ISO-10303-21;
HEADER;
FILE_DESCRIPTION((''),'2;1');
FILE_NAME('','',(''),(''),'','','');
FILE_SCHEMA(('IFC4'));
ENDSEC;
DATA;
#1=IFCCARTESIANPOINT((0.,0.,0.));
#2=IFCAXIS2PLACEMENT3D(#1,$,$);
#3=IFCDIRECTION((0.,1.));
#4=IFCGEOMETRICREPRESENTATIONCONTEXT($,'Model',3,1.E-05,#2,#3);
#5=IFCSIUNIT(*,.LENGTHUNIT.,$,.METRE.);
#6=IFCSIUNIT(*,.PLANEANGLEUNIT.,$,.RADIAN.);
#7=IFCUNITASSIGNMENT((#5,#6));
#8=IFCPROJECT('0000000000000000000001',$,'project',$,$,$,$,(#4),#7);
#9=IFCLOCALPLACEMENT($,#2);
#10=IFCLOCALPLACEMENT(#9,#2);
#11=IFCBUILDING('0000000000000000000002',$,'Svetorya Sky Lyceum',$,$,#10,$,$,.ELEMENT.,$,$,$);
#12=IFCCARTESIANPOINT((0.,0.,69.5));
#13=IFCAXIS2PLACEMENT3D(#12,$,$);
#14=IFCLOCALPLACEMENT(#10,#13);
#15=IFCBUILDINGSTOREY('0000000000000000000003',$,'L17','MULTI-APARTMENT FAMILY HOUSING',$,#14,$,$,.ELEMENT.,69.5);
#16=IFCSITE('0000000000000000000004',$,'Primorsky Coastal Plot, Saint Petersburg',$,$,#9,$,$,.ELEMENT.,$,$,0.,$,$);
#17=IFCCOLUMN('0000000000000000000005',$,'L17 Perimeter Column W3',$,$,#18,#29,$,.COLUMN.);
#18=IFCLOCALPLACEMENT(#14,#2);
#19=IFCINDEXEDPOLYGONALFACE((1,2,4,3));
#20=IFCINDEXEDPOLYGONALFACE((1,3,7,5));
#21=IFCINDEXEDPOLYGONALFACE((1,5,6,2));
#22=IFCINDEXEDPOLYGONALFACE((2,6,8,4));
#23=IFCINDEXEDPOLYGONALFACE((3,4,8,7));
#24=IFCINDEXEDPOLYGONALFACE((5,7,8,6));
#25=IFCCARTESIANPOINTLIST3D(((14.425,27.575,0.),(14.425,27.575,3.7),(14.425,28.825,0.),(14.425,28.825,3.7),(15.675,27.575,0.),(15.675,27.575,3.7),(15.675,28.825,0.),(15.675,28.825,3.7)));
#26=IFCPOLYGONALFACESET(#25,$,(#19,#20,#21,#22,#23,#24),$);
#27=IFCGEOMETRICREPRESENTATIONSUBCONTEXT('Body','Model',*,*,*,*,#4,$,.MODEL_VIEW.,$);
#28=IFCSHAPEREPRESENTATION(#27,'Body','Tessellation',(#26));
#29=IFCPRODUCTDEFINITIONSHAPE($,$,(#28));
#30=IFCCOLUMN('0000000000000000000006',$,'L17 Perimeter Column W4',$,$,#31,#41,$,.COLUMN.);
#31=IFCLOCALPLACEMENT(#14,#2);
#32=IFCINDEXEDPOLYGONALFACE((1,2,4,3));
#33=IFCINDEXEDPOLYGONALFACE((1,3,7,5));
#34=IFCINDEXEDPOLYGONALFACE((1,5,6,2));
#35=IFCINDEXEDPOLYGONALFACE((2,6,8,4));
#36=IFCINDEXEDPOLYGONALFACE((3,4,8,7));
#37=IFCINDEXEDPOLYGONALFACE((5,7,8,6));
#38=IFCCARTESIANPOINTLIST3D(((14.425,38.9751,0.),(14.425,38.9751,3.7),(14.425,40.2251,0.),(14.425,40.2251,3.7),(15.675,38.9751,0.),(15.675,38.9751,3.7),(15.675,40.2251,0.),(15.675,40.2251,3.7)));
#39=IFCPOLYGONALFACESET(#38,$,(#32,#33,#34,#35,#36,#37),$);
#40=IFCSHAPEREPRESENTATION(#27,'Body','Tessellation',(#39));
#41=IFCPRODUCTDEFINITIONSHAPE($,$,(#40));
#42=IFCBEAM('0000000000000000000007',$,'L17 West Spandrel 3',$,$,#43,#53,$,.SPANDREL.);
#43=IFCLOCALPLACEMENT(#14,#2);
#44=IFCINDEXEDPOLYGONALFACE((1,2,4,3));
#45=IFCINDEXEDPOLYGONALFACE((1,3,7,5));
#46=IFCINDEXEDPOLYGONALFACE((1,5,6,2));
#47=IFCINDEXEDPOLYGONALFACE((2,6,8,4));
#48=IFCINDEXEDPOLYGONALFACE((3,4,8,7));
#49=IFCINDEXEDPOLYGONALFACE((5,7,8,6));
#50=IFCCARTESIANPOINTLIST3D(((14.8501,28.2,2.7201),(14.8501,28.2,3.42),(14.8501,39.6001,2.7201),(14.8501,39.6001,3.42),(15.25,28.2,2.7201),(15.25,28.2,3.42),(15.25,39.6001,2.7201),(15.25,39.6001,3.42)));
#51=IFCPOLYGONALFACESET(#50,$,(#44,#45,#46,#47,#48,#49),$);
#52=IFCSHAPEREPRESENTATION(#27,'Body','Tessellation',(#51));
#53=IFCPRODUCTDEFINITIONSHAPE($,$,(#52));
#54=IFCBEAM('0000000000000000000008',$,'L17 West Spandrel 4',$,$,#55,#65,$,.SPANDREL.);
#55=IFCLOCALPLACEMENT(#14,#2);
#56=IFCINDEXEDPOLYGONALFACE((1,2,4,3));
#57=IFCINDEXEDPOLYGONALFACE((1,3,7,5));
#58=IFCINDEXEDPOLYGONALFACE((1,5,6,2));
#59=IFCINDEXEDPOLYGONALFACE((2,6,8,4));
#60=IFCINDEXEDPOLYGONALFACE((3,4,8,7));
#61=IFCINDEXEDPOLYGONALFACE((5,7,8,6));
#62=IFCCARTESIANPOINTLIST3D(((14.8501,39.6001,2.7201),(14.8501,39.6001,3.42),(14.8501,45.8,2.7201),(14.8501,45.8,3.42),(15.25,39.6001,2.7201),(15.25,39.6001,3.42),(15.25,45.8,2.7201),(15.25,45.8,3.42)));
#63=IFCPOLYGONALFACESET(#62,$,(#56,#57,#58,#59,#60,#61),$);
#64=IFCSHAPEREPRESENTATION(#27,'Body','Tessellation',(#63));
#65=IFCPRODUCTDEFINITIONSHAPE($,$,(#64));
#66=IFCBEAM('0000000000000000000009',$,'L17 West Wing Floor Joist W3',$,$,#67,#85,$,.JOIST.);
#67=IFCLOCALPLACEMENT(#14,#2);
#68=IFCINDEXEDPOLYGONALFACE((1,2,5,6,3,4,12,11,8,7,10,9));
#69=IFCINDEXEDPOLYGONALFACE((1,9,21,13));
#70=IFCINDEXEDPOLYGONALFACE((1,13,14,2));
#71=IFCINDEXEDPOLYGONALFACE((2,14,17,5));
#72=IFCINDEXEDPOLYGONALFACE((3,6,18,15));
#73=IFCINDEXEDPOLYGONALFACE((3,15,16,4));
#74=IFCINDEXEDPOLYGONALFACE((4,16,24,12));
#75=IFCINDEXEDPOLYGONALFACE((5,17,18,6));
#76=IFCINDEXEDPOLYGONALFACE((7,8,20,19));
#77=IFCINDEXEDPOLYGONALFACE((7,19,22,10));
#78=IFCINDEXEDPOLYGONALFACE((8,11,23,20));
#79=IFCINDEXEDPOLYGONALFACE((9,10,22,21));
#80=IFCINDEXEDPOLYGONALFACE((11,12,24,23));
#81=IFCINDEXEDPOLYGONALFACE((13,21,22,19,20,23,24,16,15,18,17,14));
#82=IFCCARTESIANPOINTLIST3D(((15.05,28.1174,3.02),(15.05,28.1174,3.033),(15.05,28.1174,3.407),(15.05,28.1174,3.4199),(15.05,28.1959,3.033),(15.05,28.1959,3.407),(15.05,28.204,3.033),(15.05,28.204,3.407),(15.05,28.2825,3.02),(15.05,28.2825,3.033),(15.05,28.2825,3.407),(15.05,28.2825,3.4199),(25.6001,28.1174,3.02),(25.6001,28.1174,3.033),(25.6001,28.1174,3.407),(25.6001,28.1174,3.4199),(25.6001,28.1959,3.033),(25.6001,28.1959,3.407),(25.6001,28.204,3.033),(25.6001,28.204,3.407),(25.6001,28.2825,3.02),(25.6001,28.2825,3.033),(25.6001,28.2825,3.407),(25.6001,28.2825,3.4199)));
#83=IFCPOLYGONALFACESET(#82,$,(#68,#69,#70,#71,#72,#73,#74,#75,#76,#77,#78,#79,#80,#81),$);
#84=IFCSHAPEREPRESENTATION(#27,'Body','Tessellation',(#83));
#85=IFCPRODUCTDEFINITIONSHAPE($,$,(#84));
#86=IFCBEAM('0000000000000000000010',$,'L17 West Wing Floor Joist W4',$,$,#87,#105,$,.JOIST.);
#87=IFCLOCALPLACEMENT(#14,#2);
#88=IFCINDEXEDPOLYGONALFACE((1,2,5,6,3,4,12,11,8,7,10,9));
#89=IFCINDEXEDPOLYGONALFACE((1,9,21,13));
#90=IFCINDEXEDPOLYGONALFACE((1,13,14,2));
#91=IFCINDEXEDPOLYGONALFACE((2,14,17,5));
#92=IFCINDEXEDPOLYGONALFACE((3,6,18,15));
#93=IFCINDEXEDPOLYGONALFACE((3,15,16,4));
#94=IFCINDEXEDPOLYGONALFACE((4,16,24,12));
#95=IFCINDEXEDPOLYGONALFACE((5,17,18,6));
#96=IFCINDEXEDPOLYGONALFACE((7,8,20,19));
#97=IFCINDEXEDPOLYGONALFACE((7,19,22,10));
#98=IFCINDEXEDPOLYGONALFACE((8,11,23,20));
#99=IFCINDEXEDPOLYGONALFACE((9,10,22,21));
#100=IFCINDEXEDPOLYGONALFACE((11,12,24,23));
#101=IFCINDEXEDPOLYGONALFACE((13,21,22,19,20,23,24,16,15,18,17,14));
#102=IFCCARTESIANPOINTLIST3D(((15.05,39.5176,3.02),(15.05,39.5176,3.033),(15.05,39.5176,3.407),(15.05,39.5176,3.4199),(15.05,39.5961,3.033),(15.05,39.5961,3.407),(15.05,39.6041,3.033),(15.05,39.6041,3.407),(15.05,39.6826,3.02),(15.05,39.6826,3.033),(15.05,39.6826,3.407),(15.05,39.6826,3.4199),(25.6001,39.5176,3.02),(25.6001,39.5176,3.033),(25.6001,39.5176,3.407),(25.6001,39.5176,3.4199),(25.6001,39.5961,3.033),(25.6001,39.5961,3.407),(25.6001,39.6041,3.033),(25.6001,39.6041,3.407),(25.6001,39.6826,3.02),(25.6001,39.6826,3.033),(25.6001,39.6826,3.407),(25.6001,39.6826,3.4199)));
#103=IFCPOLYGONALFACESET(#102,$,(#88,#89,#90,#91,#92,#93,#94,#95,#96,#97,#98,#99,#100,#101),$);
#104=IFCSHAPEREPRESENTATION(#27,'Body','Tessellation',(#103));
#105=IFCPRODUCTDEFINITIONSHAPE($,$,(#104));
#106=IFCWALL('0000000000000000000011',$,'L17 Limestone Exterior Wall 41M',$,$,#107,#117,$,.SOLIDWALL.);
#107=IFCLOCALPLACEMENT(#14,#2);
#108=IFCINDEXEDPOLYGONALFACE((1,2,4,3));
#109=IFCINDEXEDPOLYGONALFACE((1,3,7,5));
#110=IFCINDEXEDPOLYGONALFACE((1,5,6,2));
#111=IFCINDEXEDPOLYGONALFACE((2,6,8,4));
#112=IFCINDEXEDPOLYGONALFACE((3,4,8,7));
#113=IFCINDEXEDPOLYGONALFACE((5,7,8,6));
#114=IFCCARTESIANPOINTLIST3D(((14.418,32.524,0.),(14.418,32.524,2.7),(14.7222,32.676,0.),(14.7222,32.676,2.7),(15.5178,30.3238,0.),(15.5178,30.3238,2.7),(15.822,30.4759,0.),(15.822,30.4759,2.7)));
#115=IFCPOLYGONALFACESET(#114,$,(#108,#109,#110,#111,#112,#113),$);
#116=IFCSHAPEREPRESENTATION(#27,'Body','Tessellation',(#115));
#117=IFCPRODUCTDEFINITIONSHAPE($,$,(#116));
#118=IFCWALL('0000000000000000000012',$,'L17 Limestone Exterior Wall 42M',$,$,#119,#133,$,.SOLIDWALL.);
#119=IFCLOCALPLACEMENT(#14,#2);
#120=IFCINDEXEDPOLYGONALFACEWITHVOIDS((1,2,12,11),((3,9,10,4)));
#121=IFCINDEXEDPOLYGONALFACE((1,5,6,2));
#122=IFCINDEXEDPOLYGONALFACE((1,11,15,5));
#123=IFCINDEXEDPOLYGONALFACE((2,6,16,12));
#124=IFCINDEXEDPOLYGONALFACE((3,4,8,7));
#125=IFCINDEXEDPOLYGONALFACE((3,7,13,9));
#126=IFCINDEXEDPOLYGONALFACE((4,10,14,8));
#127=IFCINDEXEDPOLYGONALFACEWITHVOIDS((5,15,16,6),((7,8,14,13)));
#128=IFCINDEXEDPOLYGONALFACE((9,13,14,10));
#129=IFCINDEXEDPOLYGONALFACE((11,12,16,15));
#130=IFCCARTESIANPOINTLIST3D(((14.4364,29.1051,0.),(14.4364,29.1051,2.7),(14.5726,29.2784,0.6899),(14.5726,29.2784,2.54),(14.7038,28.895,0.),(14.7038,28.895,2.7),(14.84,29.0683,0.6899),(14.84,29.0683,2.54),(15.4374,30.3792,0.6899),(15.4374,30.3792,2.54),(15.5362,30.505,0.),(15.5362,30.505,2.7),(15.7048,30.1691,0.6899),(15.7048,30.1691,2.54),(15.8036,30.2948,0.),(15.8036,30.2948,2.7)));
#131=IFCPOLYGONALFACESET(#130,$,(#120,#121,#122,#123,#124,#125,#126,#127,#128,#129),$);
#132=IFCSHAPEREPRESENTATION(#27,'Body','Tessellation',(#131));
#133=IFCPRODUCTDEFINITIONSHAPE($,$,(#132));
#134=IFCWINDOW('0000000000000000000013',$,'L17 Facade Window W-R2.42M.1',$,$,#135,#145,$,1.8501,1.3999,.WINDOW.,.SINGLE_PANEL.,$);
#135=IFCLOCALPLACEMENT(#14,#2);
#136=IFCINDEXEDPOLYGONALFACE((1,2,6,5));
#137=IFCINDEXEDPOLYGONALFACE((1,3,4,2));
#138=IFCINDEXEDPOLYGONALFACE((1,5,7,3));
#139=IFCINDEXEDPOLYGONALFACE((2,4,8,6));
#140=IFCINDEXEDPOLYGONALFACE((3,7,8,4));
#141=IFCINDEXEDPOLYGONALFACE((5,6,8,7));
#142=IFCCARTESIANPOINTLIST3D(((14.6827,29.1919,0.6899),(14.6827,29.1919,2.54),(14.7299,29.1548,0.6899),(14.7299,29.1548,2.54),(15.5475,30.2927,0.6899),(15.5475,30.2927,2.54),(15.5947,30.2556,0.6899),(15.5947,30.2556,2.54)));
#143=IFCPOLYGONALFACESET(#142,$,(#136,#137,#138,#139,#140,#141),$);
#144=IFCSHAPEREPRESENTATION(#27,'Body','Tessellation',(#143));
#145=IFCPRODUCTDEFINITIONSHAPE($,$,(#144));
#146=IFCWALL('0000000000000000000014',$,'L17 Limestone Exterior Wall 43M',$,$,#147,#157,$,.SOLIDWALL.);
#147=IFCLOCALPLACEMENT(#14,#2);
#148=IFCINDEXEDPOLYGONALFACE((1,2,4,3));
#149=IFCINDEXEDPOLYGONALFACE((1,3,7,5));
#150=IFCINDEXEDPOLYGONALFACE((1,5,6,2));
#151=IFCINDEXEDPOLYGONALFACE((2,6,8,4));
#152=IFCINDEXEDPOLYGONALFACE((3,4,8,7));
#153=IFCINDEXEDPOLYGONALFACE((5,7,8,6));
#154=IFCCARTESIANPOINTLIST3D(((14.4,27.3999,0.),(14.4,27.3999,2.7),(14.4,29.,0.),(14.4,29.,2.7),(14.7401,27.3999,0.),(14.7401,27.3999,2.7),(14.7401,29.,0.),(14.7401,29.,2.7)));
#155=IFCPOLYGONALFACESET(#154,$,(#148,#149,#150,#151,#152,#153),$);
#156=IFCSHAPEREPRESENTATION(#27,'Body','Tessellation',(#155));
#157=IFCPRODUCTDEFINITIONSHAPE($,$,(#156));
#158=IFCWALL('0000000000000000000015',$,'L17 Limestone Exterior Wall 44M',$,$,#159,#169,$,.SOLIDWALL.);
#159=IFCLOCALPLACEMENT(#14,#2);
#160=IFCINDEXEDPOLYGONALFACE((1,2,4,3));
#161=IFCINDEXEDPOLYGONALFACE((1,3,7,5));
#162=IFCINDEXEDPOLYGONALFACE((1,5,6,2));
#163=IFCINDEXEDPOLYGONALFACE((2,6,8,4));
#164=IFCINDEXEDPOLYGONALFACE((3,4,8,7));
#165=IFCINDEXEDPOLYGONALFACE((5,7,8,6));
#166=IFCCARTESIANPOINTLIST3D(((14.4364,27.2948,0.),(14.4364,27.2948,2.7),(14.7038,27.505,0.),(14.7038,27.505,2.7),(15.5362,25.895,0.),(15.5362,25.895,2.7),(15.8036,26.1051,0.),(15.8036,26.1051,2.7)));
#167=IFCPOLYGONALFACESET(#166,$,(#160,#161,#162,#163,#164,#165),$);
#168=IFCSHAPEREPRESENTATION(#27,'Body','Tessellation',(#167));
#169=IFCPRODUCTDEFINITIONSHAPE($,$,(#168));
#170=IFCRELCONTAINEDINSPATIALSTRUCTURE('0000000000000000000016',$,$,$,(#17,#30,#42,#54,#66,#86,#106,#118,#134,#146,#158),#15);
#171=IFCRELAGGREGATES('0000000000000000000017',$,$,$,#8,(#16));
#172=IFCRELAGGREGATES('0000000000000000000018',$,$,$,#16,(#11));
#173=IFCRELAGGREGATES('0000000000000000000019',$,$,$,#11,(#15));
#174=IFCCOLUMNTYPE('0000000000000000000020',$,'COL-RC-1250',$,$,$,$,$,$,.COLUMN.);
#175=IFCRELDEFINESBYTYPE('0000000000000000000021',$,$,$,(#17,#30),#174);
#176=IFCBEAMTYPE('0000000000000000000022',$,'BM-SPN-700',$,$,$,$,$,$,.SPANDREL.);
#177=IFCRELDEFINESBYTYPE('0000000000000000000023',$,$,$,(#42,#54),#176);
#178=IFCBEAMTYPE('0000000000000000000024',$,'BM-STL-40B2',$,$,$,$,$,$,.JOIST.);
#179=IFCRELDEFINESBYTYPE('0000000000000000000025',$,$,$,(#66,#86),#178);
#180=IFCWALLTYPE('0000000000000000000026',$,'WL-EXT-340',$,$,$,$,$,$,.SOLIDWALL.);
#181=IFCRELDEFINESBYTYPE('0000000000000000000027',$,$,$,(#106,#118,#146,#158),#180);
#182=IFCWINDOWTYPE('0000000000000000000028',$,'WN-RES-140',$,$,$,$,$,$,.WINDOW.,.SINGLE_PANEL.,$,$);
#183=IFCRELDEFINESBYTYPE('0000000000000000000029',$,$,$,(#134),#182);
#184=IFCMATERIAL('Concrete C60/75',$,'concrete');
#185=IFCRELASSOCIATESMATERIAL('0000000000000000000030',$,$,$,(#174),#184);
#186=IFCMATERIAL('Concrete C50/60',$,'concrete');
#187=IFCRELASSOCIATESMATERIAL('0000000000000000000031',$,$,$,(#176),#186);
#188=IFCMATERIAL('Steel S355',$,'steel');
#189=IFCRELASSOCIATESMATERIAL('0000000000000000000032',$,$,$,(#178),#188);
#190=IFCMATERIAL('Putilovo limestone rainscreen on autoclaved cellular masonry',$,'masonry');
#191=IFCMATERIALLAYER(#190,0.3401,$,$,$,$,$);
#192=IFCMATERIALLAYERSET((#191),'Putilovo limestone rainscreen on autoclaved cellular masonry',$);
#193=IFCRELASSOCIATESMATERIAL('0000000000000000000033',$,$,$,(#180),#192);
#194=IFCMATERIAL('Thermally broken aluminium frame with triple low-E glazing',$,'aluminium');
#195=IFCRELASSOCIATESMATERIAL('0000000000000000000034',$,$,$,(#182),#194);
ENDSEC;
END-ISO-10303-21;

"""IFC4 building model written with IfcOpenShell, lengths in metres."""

from ifc_helpers import new_model, si_unit, direction, frame, frame_2d, origin, origin_2d, place, context, subcontext, project, spatial, rectangle, i_section, extrude, material, layer, layer_set, material_profile, profile_set, type_object, element, fill, save


model = new_model("IFC4")

# Units and contexts
model_context = context("Model", 3, precision=1e-05, world=origin(), true_north=direction((0.0, 1.0)))
body_context = subcontext(model_context, "Body", "Model", "MODEL_VIEW")
ifc_project = project(units=[si_unit("LENGTHUNIT", "METRE"), si_unit("PLANEANGLEUNIT", "RADIAN")], contexts=[model_context])

# Site, building, storey
site_placement = place(None, origin())
site = spatial("IfcSite", under=ifc_project, at=site_placement, Name="Primorsky Coastal Plot, Saint Petersburg", CompositionType="ELEMENT", RefElevation=0.0)
building_placement = place(site_placement, origin())
building = spatial("IfcBuilding", under=site, at=building_placement, Name="Svetorya Sky Lyceum", CompositionType="ELEMENT")
storey_placement = place(building_placement, frame((0.0, 0.0, 69.5)))
storey = spatial("IfcBuildingStorey", under=building, at=storey_placement, Name="L17", Description="MULTI-APARTMENT FAMILY HOUSING", CompositionType="ELEMENT", Elevation=69.5)

# Columns
ifc_material_1 = material(Name="Concrete C60/75", Category="concrete")
ifc_material_profile_1 = material_profile(ifc_material_1, rectangle(XDim=1.25, YDim=1.25, at=origin_2d()), Name="RC COL 1250x1250")
ifc_profile_set_1 = profile_set([ifc_material_profile_1], Name="Concrete C60/75")
column_type = type_object("IfcColumnType", Name="COL-RC-1250", PredefinedType="COLUMN", material=ifc_profile_set_1)
for number, where, z_axis, x_axis, name in (
    (1, (15.05, 28.2, 0.0), (0.0, 0.0, 1.0), (1.0, 0.0, 0.0), "L17 Perimeter Column W3"),
    (2, (15.05, 39.6001, 0.0), (0.0, 0.0, 1.0), (1.0, 0.0, 0.0), "L17 Perimeter Column W4"),
):
    element("IfcColumn", number, at=place(storey_placement, frame(where, z_axis=z_axis, x_axis=x_axis)), inside=storey, type_object=column_type, Name=name, PredefinedType="COLUMN", context=body_context, shape_type="SweptSolid", body=[
        extrude(rectangle(XDim=1.25, YDim=1.25, at=origin_2d()), origin(), (0.0, 0.0, 1.0), 3.7),
    ])

# Beams
ifc_material_2 = material(Name="Concrete C50/60", Category="concrete")
ifc_material_profile_2 = material_profile(ifc_material_2, rectangle(XDim=0.3999, YDim=0.7, at=origin_2d()), Name="RC SPANDREL 400x700")
ifc_profile_set_2 = profile_set([ifc_material_profile_2], Name="Concrete C50/60")
beam_type_1 = type_object("IfcBeamType", Name="BM-SPN-700", PredefinedType="SPANDREL", material=ifc_profile_set_2)
beam_1_placement = place(storey_placement, frame((15.05, 28.2, 3.0701), z_axis=(0.0, 1.0, 0.0), x_axis=(-1.0, 0.0, 0.0)))
element("IfcBeam", 3, at=beam_1_placement, inside=storey, type_object=beam_type_1, Name="L17 West Spandrel 3", PredefinedType="SPANDREL", context=body_context, shape_type="SweptSolid", body=[
    extrude(rectangle(XDim=0.3999, YDim=0.7, at=origin_2d()), origin(), (0.0, 0.0, 1.0), 11.4001),
])
beam_2_placement = place(storey_placement, frame((15.05, 39.6001, 3.0701), z_axis=(0.0, 1.0, 0.0), x_axis=(-1.0, 0.0, 0.0)))
element("IfcBeam", 4, at=beam_2_placement, inside=storey, type_object=beam_type_1, Name="L17 West Spandrel 4", PredefinedType="SPANDREL", context=body_context, shape_type="SweptSolid", body=[
    extrude(rectangle(XDim=0.3999, YDim=0.7, at=origin_2d()), origin(), (0.0, 0.0, 1.0), 6.2),
])
ifc_material_3 = material(Name="Steel S355", Category="steel")
ifc_material_profile_3 = material_profile(ifc_material_3, i_section(OverallWidth=0.165, OverallDepth=0.3999, WebThickness=0.0081, FlangeThickness=0.0129, at=origin_2d()), Name="GOST 40B2")
ifc_profile_set_3 = profile_set([ifc_material_profile_3], Name="Steel S355")
beam_type_2 = type_object("IfcBeamType", Name="BM-STL-40B2", PredefinedType="JOIST", material=ifc_profile_set_3)
for number, where, z_axis, x_axis, name in (
    (5, (15.05, 28.2, 3.22), (1.0, 0.0, 0.0), (0.0, 1.0, 0.0), "L17 West Wing Floor Joist W3"),
    (6, (15.05, 39.6001, 3.22), (1.0, 0.0, 0.0), (0.0, 1.0, 0.0), "L17 West Wing Floor Joist W4"),
):
    element("IfcBeam", number, at=place(storey_placement, frame(where, z_axis=z_axis, x_axis=x_axis)), inside=storey, type_object=beam_type_2, Name=name, PredefinedType="JOIST", context=body_context, shape_type="SweptSolid", body=[
        extrude(i_section(OverallWidth=0.165, OverallDepth=0.3999, WebThickness=0.0081, FlangeThickness=0.0129, at=origin_2d()), origin(), (0.0, 0.0, 1.0), 10.55),
    ])

# Wall
ifc_material_4 = material(Name="Putilovo limestone rainscreen on autoclaved cellular masonry", Category="masonry")
ifc_layer_1 = layer(ifc_material_4, 0.3401)
ifc_layer_set_1 = layer_set([ifc_layer_1], Name="Putilovo limestone rainscreen on autoclaved cellular masonry")
wall_type_1 = type_object("IfcWallType", Name="WL-EXT-340", PredefinedType="SOLIDWALL", material=ifc_layer_set_1)
wall_1_placement = place(storey_placement, frame((14.5701, 32.6001, 0.0), z_axis=(0.0, 0.0, 1.0), x_axis=(0.447134, -0.894467, 0.0)))
element("IfcWall", 7, at=wall_1_placement, inside=storey, type_object=wall_type_1, Name="L17 Limestone Exterior Wall 41M", PredefinedType="SOLIDWALL", context=body_context, shape_type="SweptSolid", body=[
    extrude(rectangle(XDim=2.4597, YDim=0.3401, at=frame_2d((1.23, 0.0))), origin(), (0.0, 0.0, 1.0), 2.7),
])

# Wall, opening, window
wall_2_placement = place(storey_placement, frame((15.6699, 30.3999, 0.0), z_axis=(0.0, 0.0, 1.0), x_axis=(-0.617797, -0.786337, 0.0)))
wall_2 = element("IfcWall", 8, at=wall_2_placement, inside=storey, type_object=wall_type_1, Name="L17 Limestone Exterior Wall 42M", PredefinedType="SOLIDWALL", context=body_context, shape_type="SweptSolid", body=[
    extrude(rectangle(XDim=1.7803, YDim=0.3401, at=frame_2d((0.8901, 0.0))), origin(), (0.0, 0.0, 1.0), 2.7),
])
opening_1_placement = place(wall_2_placement, frame((0.1599, 0.0, 0.6899)))
opening_1 = element("IfcOpeningElement", 9, at=opening_1_placement, cuts=wall_2, PredefinedType="OPENING", context=body_context, shape_type="SweptSolid", body=[
    extrude(rectangle(XDim=1.3999, YDim=1.8501, at=frame_2d((0.7, 0.925))), frame((0.0, 0.1799, 0.0), z_axis=(0.0, -1.0, 0.0), x_axis=(1.0, 0.0, 0.0)), (0.0, 0.0, 1.0), 0.3601),
])
ifc_material_5 = material(Name="Thermally broken aluminium frame with triple low-E glazing", Category="aluminium")
window_type_1 = type_object("IfcWindowType", Name="WN-RES-140", PartitioningType="SINGLE_PANEL", PredefinedType="WINDOW", material=ifc_material_5)
window_1_placement = place(opening_1_placement, origin())
window_1 = element("IfcWindow", 10, at=window_1_placement, inside=storey, type_object=window_type_1, Name="L17 Facade Window W-R2.42M.1", OverallHeight=1.8501, OverallWidth=1.3999, PartitioningType="SINGLE_PANEL", PredefinedType="WINDOW", context=body_context, shape_type="SweptSolid", body=[
    extrude(rectangle(XDim=1.3999, YDim=1.8501, at=frame_2d((0.7, 0.925))), frame((0.0, 0.03, 0.0), z_axis=(0.0, -1.0, 0.0), x_axis=(1.0, 0.0, 0.0)), (0.0, 0.0, 1.0), 0.0601),
])
fill(opening_1, window_1)

# Walls
wall_3_placement = place(storey_placement, frame((14.5701, 29.0, 0.0), z_axis=(0.0, 0.0, 1.0), x_axis=(0.0, -1.0, 0.0)))
element("IfcWall", 11, at=wall_3_placement, inside=storey, type_object=wall_type_1, Name="L17 Limestone Exterior Wall 43M", PredefinedType="SOLIDWALL", context=body_context, shape_type="SweptSolid", body=[
    extrude(rectangle(XDim=1.6001, YDim=0.3401, at=frame_2d((0.8, 0.0))), origin(), (0.0, 0.0, 1.0), 2.7),
])
wall_4_placement = place(storey_placement, frame((14.5701, 27.3999, 0.0), z_axis=(0.0, 0.0, 1.0), x_axis=(0.617797, -0.786337, 0.0)))
element("IfcWall", 12, at=wall_4_placement, inside=storey, type_object=wall_type_1, Name="L17 Limestone Exterior Wall 44M", PredefinedType="SOLIDWALL", context=body_context, shape_type="SweptSolid", body=[
    extrude(rectangle(XDim=1.7803, YDim=0.3401, at=frame_2d((0.8901, 0.0))), origin(), (0.0, 0.0, 1.0), 2.7),
])

save(model, "model.ifc")
